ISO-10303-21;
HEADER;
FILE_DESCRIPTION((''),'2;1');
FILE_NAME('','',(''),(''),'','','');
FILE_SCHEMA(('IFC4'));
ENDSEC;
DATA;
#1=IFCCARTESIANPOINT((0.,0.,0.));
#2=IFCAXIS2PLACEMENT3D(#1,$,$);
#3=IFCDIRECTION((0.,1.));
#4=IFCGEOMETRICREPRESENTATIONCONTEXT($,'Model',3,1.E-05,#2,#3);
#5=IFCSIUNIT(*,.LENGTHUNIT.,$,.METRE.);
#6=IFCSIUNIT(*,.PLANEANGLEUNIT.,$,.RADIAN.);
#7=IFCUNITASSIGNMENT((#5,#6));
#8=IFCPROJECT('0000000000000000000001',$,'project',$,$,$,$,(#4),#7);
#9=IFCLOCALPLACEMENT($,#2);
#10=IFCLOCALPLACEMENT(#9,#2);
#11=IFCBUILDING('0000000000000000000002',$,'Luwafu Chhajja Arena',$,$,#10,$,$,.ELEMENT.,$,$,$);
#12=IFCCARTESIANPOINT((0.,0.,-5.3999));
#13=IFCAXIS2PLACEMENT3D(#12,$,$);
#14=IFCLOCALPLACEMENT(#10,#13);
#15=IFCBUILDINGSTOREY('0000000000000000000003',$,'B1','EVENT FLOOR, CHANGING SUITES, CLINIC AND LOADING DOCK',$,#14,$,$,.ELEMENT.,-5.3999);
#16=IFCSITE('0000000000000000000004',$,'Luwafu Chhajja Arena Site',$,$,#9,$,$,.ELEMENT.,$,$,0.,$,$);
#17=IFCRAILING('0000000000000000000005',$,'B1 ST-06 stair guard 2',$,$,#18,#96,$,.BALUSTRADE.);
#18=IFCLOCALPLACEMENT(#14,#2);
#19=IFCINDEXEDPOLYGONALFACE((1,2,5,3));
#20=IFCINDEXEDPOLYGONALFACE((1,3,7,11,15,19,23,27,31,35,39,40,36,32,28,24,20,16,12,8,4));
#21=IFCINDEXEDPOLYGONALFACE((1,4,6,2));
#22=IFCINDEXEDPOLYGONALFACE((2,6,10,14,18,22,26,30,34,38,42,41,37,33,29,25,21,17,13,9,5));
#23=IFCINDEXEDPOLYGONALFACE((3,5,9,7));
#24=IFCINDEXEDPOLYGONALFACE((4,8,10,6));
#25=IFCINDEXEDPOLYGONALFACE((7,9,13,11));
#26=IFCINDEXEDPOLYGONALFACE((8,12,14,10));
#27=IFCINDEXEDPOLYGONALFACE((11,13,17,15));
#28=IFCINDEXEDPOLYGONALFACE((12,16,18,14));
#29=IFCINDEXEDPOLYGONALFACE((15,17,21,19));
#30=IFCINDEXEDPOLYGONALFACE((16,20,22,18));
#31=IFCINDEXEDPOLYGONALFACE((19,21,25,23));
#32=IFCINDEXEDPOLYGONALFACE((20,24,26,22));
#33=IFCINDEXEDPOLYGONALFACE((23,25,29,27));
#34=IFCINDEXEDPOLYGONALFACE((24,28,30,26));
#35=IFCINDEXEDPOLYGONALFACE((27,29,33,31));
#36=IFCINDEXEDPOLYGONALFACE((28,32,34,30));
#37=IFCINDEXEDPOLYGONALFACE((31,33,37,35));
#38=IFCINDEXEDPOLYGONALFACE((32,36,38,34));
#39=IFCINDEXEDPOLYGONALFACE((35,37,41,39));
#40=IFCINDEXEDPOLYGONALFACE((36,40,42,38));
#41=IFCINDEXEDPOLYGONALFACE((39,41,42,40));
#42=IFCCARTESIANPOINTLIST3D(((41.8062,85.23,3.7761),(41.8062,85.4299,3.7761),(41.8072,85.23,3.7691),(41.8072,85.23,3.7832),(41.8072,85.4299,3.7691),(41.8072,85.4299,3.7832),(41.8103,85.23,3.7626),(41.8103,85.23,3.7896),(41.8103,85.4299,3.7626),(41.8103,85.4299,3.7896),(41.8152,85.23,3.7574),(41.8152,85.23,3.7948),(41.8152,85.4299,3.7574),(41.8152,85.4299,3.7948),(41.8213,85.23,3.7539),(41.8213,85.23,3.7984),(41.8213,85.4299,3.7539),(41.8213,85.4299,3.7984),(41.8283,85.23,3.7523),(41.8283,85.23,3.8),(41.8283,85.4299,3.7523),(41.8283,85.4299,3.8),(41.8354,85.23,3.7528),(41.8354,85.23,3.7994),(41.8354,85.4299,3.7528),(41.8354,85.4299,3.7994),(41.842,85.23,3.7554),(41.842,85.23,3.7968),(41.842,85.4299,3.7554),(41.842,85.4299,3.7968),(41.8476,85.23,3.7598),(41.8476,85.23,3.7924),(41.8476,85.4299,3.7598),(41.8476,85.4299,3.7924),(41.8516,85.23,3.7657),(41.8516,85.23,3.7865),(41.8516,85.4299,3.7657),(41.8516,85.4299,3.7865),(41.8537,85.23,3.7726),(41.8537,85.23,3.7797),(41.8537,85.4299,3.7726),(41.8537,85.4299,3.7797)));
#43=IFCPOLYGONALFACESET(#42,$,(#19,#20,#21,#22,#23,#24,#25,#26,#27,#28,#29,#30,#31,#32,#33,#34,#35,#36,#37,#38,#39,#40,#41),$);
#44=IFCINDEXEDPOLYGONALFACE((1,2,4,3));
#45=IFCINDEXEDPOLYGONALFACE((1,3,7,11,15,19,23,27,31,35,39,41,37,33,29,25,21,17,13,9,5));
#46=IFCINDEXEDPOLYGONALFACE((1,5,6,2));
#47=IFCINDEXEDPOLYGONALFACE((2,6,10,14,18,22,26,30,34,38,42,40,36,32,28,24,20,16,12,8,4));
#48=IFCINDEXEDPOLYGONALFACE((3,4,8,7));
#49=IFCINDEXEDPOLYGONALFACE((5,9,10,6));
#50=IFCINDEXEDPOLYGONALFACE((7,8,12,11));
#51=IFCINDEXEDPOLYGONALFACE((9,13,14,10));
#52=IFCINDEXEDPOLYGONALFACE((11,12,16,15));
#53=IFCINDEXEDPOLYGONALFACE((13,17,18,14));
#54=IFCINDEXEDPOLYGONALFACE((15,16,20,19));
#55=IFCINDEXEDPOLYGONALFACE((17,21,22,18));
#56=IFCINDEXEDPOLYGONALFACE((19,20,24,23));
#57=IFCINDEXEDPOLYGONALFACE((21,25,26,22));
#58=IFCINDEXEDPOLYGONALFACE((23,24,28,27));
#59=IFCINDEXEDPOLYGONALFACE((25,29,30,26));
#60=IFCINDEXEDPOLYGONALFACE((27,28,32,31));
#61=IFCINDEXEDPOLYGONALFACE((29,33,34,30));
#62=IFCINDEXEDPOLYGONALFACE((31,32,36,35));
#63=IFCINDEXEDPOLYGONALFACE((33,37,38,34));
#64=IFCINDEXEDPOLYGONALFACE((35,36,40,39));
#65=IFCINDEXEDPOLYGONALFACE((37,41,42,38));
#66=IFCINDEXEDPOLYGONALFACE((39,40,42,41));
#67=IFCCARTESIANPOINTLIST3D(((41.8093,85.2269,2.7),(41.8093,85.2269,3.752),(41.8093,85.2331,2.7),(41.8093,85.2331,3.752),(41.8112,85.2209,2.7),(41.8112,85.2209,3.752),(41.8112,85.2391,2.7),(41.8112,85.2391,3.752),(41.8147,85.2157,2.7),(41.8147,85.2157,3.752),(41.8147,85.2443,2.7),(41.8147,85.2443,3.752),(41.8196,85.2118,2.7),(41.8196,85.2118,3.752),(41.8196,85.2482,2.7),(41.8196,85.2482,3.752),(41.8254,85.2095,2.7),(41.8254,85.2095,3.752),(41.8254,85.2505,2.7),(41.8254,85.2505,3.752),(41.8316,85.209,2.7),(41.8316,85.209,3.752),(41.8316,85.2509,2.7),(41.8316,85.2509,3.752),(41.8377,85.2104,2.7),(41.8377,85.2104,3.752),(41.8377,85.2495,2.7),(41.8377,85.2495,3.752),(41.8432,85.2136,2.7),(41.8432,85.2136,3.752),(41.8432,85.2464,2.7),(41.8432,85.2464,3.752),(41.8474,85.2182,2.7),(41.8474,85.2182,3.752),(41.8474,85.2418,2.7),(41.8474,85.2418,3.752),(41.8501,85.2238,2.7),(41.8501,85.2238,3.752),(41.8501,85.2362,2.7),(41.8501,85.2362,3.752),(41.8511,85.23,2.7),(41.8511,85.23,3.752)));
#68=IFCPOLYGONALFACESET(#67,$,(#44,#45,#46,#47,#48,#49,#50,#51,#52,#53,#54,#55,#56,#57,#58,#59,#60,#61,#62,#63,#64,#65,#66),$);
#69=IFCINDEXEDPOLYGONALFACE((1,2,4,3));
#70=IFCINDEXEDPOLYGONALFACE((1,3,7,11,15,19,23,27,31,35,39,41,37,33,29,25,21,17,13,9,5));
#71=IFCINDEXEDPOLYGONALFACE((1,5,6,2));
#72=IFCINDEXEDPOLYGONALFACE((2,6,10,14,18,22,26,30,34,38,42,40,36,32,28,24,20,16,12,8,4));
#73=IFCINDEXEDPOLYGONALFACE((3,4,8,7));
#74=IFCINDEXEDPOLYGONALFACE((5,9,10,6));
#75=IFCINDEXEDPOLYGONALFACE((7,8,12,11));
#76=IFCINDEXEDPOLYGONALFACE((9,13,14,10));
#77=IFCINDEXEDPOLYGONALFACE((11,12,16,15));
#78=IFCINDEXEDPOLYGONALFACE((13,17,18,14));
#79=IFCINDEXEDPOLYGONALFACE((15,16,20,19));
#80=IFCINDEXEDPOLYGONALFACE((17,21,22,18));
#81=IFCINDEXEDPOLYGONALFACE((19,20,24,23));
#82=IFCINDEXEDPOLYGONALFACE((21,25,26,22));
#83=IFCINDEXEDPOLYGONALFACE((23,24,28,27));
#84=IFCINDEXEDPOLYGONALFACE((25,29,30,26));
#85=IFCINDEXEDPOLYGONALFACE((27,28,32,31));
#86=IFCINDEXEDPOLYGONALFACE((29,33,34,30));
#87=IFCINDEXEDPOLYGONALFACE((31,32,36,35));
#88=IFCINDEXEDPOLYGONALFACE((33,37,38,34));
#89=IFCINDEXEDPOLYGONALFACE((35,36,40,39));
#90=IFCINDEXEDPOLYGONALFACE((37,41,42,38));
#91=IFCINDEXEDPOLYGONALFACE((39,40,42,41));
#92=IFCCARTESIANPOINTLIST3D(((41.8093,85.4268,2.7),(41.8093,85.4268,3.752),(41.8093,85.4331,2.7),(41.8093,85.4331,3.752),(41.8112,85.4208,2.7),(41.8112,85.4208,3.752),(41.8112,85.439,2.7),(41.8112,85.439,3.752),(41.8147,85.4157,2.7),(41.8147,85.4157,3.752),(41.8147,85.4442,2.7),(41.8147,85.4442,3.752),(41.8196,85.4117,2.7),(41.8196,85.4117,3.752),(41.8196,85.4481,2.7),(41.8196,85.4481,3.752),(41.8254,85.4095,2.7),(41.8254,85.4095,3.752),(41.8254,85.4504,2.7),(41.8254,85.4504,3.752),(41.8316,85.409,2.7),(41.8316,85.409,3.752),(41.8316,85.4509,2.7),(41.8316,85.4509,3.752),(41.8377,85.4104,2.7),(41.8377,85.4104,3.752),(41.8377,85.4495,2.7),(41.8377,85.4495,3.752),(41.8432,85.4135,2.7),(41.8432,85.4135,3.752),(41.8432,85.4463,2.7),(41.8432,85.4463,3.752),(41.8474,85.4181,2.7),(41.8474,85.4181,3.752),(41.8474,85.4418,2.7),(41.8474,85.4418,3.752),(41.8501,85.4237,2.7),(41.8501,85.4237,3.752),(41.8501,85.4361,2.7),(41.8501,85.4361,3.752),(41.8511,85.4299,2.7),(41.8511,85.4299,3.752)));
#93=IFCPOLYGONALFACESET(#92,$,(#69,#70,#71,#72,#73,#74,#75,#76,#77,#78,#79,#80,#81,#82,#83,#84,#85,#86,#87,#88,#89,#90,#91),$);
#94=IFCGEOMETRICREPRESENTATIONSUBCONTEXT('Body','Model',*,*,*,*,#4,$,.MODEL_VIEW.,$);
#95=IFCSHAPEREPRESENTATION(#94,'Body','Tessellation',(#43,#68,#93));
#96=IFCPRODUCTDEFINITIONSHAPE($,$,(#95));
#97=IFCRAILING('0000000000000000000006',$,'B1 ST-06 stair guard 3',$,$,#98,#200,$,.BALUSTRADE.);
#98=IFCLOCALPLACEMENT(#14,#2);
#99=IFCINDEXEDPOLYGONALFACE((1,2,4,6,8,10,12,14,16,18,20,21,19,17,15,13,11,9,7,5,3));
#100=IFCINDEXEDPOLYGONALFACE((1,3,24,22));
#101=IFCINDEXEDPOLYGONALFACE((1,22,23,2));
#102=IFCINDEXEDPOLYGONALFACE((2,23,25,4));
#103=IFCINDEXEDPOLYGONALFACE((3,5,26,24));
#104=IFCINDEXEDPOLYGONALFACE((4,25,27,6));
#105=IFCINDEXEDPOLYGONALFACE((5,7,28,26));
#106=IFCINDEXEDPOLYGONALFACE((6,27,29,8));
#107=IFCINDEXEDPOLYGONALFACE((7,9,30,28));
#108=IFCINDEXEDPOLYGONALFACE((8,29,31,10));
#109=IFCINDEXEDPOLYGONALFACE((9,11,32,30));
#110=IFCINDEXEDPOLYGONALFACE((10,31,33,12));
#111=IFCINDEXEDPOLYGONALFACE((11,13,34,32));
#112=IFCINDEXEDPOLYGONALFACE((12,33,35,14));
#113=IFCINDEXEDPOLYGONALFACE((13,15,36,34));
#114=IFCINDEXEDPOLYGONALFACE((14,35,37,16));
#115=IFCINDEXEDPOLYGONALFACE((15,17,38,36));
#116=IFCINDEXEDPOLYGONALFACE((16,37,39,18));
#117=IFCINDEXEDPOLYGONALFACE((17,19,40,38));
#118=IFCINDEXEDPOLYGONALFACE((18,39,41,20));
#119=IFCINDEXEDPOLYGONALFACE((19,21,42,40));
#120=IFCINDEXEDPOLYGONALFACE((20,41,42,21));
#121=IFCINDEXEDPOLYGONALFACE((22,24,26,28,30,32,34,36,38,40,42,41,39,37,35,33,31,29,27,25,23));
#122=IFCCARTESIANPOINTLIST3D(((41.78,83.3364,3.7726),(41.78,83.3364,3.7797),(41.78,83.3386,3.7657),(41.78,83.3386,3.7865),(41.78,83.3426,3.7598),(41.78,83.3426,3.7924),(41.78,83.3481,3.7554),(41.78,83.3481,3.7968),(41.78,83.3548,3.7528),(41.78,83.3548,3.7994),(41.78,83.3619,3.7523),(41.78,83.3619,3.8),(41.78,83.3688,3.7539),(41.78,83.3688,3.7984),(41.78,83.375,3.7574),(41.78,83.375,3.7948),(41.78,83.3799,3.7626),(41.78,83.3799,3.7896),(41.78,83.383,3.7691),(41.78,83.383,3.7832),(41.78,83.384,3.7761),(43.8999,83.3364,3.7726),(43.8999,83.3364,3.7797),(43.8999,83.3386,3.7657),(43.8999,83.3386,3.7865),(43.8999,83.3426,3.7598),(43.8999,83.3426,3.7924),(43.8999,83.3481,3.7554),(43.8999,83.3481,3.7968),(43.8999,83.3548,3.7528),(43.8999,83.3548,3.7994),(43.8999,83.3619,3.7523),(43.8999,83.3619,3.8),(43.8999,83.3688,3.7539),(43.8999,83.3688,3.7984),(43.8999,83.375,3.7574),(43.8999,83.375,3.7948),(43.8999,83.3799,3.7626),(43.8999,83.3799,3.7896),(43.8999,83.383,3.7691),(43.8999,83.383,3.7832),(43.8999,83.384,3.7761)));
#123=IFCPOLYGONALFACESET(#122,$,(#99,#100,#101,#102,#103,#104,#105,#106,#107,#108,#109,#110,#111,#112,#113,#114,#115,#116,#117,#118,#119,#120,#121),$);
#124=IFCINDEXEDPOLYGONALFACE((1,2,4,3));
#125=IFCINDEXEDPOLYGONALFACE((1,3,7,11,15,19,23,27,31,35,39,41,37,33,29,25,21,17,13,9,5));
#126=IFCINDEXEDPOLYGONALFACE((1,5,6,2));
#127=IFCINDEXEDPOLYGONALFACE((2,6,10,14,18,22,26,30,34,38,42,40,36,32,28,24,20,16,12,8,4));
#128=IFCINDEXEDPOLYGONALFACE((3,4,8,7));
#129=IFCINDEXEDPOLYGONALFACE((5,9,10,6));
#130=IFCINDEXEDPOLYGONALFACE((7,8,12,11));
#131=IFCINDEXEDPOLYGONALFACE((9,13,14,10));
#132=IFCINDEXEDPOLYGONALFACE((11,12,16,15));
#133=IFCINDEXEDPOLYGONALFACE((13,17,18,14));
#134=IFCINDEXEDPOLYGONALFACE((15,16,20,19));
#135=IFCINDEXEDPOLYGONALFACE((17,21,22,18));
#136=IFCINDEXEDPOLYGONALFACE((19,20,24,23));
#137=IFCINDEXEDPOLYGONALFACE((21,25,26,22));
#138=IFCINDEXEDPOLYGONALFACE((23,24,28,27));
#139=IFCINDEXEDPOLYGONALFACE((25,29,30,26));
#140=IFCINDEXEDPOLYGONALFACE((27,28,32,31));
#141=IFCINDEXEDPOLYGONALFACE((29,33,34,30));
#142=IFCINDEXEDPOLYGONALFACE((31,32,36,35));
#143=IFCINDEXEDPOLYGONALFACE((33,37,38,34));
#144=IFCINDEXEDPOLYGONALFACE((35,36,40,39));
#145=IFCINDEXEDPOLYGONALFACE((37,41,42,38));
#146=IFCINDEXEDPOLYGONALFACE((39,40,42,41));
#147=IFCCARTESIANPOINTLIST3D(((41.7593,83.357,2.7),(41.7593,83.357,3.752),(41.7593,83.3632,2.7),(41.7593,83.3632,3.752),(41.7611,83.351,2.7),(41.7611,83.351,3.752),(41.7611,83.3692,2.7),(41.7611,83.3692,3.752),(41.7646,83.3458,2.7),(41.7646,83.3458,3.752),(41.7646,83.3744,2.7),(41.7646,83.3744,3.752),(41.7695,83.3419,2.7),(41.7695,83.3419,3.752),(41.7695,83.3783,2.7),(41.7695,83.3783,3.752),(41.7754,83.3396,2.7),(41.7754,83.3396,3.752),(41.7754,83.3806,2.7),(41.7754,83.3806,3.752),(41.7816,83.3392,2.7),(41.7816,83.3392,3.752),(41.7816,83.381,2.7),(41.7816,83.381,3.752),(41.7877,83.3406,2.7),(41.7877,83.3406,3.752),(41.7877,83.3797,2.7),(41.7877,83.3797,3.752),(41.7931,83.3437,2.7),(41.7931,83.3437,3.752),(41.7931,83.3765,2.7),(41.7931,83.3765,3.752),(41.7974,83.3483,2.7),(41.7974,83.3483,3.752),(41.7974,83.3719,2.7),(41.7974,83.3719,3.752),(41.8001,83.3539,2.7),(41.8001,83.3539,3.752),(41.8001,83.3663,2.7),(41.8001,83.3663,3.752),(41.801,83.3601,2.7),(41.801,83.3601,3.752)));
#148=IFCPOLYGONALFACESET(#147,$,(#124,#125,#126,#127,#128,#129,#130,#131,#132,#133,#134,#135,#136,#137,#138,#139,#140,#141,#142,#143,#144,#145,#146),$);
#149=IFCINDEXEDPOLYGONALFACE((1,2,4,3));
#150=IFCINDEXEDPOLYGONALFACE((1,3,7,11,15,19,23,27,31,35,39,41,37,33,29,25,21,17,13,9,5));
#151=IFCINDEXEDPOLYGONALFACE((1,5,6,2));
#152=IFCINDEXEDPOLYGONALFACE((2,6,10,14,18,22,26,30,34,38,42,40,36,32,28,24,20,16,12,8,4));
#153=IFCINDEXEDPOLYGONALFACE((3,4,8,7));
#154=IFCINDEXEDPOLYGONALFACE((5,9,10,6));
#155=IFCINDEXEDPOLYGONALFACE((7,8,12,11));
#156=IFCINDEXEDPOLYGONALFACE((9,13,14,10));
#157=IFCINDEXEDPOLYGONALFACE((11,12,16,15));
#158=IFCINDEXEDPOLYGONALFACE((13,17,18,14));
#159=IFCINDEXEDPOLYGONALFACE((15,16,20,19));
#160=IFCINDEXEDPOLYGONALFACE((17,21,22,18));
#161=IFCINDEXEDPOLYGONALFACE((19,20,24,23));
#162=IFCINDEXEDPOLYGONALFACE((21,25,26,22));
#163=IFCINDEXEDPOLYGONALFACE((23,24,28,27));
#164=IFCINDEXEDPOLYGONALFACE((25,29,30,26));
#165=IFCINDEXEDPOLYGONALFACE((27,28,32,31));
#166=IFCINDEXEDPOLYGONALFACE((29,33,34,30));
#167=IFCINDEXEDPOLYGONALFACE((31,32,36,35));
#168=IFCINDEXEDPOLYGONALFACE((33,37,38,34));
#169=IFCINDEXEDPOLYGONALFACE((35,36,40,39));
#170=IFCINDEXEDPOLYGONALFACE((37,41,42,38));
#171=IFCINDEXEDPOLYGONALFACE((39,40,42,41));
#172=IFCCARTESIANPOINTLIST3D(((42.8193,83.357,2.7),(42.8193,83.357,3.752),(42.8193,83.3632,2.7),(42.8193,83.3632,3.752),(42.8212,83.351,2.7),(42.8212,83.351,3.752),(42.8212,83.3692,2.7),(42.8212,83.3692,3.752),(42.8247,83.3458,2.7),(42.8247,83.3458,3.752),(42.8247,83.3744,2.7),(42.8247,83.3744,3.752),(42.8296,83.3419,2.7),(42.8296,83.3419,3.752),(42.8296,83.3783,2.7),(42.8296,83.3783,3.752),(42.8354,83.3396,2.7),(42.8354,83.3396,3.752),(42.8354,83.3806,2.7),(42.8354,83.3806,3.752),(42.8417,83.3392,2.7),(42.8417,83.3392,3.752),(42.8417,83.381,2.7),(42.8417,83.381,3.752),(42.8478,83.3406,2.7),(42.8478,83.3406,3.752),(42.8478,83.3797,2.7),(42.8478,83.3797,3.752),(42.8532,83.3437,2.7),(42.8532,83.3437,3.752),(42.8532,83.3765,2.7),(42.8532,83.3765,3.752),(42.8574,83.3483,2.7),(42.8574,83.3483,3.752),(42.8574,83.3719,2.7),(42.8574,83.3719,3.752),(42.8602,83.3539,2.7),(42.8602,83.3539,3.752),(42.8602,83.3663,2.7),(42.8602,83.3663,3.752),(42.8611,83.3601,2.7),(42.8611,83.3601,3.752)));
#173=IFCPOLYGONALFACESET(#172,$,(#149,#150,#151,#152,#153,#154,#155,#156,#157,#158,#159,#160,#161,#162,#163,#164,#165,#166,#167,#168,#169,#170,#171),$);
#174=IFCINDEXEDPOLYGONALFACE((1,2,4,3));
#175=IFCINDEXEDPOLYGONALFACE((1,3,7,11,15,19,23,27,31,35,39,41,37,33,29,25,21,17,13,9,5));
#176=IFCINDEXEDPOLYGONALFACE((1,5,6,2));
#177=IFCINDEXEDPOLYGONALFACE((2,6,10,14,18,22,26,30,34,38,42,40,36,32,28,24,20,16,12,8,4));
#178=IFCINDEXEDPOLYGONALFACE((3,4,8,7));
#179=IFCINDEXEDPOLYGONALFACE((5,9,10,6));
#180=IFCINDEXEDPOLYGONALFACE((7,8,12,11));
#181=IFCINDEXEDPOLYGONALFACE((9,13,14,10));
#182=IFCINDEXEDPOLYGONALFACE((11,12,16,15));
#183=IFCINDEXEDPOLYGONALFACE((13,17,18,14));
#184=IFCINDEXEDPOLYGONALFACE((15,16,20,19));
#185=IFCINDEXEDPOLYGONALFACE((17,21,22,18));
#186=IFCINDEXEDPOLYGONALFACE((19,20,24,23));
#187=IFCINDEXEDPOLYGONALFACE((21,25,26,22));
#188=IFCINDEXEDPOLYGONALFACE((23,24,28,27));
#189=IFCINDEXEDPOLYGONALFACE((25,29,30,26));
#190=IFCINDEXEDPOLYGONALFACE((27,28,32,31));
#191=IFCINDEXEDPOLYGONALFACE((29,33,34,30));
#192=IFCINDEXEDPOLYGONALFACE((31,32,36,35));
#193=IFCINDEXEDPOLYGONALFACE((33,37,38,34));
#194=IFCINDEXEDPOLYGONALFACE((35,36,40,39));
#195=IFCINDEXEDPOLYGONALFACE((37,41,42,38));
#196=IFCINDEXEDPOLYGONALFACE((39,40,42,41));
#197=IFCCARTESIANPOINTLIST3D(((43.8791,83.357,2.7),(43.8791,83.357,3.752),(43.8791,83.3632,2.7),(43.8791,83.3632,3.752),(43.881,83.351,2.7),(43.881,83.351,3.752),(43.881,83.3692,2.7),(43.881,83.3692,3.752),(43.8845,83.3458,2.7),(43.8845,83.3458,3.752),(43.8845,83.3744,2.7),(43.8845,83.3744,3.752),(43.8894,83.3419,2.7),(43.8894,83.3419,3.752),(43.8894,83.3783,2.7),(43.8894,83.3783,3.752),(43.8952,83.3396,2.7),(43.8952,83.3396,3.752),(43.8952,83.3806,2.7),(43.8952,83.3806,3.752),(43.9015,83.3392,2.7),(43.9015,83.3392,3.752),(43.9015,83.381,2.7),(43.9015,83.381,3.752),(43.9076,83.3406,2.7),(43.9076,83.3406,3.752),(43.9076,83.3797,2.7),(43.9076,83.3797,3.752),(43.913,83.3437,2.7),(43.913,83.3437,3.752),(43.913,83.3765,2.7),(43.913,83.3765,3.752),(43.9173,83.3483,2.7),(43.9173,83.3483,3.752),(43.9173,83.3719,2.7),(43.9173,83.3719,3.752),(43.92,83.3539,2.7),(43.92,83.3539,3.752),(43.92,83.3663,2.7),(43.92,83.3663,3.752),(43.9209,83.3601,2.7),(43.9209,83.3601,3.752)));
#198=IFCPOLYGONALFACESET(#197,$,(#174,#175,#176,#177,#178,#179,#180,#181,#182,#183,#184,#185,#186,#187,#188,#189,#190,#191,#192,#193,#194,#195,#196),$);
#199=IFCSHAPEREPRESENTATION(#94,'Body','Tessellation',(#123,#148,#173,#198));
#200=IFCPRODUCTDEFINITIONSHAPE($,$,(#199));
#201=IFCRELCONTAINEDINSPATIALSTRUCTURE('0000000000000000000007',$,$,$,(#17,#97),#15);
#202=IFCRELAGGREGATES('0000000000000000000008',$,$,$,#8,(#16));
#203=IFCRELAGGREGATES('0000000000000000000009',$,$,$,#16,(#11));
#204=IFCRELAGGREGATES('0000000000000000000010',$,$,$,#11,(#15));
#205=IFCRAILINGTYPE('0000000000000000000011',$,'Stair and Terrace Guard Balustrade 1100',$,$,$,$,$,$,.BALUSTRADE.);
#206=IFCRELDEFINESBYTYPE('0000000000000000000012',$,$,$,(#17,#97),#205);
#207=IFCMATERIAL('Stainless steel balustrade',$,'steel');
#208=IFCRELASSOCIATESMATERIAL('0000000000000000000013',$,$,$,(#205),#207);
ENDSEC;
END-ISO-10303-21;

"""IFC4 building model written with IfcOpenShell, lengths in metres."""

from ifc_helpers import new_model, si_unit, direction, frame, origin, origin_2d, place, context, subcontext, project, spatial, circle, extrude, material, type_object, element, save


model = new_model("IFC4")

# Units and contexts
model_context = context("Model", 3, precision=1e-05, world=origin(), true_north=direction((0.0, 1.0)))
body_context = subcontext(model_context, "Body", "Model", "MODEL_VIEW")
ifc_project = project(units=[si_unit("LENGTHUNIT", "METRE"), si_unit("PLANEANGLEUNIT", "RADIAN")], contexts=[model_context])

# Site, building, storey
site_placement = place(None, origin())
site = spatial("IfcSite", under=ifc_project, at=site_placement, Name="Luwafu Chhajja Arena Site", CompositionType="ELEMENT", RefElevation=0.0)
building_placement = place(site_placement, origin())
building = spatial("IfcBuilding", under=site, at=building_placement, Name="Luwafu Chhajja Arena", CompositionType="ELEMENT")
storey_placement = place(building_placement, frame((0.0, 0.0, -5.3999)))
storey = spatial("IfcBuildingStorey", under=building, at=storey_placement, Name="B1", Description="EVENT FLOOR, CHANGING SUITES, CLINIC AND LOADING DOCK", CompositionType="ELEMENT", Elevation=-5.3999)

# Railings
ifc_material_1 = material(Name="Stainless steel balustrade", Category="steel")
railing_type_1 = type_object("IfcRailingType", Name="Stair and Terrace Guard Balustrade 1100", PredefinedType="BALUSTRADE", material=ifc_material_1)
railing_1_placement = place(storey_placement, frame((41.8301, 85.23, 2.7)))
element("IfcRailing", 1, at=railing_1_placement, inside=storey, type_object=railing_type_1, Name="B1 ST-06 stair guard 2", PredefinedType="BALUSTRADE", context=body_context, shape_type="SweptSolid", body=[
    extrude(circle(Radius=0.0239, at=origin_2d()), frame((0.0, 0.0, 1.0762), z_axis=(0.0, 1.0, 0.0), x_axis=(-1.0, 0.0, 0.0)), (0.0, 0.0, 1.0), 0.2),
    extrude(circle(Radius=0.021, at=origin_2d()), origin(), (0.0, 0.0, 1.0), 1.052),
    extrude(circle(Radius=0.021, at=origin_2d()), frame((0.0, 0.2, 0.0)), (0.0, 0.0, 1.0), 1.052),
])
railing_2_placement = place(storey_placement, frame((41.78, 83.3601, 2.7)))
element("IfcRailing", 2, at=railing_2_placement, inside=storey, type_object=railing_type_1, Name="B1 ST-06 stair guard 3", PredefinedType="BALUSTRADE", context=body_context, shape_type="SweptSolid", body=[
    extrude(circle(Radius=0.0239, at=origin_2d()), frame((0.0, 0.0, 1.0762), z_axis=(1.0, 0.0, 0.0), x_axis=(0.0, 1.0, 0.0)), (0.0, 0.0, 1.0), 2.1199),
    extrude(circle(Radius=0.021, at=origin_2d()), origin(), (0.0, 0.0, 1.0), 1.052),
    extrude(circle(Radius=0.021, at=origin_2d()), frame((1.0601, 0.0, 0.0)), (0.0, 0.0, 1.0), 1.052),
    extrude(circle(Radius=0.021, at=origin_2d()), frame((2.1199, 0.0, 0.0)), (0.0, 0.0, 1.0), 1.052),
])

save(model, "model.ifc")
